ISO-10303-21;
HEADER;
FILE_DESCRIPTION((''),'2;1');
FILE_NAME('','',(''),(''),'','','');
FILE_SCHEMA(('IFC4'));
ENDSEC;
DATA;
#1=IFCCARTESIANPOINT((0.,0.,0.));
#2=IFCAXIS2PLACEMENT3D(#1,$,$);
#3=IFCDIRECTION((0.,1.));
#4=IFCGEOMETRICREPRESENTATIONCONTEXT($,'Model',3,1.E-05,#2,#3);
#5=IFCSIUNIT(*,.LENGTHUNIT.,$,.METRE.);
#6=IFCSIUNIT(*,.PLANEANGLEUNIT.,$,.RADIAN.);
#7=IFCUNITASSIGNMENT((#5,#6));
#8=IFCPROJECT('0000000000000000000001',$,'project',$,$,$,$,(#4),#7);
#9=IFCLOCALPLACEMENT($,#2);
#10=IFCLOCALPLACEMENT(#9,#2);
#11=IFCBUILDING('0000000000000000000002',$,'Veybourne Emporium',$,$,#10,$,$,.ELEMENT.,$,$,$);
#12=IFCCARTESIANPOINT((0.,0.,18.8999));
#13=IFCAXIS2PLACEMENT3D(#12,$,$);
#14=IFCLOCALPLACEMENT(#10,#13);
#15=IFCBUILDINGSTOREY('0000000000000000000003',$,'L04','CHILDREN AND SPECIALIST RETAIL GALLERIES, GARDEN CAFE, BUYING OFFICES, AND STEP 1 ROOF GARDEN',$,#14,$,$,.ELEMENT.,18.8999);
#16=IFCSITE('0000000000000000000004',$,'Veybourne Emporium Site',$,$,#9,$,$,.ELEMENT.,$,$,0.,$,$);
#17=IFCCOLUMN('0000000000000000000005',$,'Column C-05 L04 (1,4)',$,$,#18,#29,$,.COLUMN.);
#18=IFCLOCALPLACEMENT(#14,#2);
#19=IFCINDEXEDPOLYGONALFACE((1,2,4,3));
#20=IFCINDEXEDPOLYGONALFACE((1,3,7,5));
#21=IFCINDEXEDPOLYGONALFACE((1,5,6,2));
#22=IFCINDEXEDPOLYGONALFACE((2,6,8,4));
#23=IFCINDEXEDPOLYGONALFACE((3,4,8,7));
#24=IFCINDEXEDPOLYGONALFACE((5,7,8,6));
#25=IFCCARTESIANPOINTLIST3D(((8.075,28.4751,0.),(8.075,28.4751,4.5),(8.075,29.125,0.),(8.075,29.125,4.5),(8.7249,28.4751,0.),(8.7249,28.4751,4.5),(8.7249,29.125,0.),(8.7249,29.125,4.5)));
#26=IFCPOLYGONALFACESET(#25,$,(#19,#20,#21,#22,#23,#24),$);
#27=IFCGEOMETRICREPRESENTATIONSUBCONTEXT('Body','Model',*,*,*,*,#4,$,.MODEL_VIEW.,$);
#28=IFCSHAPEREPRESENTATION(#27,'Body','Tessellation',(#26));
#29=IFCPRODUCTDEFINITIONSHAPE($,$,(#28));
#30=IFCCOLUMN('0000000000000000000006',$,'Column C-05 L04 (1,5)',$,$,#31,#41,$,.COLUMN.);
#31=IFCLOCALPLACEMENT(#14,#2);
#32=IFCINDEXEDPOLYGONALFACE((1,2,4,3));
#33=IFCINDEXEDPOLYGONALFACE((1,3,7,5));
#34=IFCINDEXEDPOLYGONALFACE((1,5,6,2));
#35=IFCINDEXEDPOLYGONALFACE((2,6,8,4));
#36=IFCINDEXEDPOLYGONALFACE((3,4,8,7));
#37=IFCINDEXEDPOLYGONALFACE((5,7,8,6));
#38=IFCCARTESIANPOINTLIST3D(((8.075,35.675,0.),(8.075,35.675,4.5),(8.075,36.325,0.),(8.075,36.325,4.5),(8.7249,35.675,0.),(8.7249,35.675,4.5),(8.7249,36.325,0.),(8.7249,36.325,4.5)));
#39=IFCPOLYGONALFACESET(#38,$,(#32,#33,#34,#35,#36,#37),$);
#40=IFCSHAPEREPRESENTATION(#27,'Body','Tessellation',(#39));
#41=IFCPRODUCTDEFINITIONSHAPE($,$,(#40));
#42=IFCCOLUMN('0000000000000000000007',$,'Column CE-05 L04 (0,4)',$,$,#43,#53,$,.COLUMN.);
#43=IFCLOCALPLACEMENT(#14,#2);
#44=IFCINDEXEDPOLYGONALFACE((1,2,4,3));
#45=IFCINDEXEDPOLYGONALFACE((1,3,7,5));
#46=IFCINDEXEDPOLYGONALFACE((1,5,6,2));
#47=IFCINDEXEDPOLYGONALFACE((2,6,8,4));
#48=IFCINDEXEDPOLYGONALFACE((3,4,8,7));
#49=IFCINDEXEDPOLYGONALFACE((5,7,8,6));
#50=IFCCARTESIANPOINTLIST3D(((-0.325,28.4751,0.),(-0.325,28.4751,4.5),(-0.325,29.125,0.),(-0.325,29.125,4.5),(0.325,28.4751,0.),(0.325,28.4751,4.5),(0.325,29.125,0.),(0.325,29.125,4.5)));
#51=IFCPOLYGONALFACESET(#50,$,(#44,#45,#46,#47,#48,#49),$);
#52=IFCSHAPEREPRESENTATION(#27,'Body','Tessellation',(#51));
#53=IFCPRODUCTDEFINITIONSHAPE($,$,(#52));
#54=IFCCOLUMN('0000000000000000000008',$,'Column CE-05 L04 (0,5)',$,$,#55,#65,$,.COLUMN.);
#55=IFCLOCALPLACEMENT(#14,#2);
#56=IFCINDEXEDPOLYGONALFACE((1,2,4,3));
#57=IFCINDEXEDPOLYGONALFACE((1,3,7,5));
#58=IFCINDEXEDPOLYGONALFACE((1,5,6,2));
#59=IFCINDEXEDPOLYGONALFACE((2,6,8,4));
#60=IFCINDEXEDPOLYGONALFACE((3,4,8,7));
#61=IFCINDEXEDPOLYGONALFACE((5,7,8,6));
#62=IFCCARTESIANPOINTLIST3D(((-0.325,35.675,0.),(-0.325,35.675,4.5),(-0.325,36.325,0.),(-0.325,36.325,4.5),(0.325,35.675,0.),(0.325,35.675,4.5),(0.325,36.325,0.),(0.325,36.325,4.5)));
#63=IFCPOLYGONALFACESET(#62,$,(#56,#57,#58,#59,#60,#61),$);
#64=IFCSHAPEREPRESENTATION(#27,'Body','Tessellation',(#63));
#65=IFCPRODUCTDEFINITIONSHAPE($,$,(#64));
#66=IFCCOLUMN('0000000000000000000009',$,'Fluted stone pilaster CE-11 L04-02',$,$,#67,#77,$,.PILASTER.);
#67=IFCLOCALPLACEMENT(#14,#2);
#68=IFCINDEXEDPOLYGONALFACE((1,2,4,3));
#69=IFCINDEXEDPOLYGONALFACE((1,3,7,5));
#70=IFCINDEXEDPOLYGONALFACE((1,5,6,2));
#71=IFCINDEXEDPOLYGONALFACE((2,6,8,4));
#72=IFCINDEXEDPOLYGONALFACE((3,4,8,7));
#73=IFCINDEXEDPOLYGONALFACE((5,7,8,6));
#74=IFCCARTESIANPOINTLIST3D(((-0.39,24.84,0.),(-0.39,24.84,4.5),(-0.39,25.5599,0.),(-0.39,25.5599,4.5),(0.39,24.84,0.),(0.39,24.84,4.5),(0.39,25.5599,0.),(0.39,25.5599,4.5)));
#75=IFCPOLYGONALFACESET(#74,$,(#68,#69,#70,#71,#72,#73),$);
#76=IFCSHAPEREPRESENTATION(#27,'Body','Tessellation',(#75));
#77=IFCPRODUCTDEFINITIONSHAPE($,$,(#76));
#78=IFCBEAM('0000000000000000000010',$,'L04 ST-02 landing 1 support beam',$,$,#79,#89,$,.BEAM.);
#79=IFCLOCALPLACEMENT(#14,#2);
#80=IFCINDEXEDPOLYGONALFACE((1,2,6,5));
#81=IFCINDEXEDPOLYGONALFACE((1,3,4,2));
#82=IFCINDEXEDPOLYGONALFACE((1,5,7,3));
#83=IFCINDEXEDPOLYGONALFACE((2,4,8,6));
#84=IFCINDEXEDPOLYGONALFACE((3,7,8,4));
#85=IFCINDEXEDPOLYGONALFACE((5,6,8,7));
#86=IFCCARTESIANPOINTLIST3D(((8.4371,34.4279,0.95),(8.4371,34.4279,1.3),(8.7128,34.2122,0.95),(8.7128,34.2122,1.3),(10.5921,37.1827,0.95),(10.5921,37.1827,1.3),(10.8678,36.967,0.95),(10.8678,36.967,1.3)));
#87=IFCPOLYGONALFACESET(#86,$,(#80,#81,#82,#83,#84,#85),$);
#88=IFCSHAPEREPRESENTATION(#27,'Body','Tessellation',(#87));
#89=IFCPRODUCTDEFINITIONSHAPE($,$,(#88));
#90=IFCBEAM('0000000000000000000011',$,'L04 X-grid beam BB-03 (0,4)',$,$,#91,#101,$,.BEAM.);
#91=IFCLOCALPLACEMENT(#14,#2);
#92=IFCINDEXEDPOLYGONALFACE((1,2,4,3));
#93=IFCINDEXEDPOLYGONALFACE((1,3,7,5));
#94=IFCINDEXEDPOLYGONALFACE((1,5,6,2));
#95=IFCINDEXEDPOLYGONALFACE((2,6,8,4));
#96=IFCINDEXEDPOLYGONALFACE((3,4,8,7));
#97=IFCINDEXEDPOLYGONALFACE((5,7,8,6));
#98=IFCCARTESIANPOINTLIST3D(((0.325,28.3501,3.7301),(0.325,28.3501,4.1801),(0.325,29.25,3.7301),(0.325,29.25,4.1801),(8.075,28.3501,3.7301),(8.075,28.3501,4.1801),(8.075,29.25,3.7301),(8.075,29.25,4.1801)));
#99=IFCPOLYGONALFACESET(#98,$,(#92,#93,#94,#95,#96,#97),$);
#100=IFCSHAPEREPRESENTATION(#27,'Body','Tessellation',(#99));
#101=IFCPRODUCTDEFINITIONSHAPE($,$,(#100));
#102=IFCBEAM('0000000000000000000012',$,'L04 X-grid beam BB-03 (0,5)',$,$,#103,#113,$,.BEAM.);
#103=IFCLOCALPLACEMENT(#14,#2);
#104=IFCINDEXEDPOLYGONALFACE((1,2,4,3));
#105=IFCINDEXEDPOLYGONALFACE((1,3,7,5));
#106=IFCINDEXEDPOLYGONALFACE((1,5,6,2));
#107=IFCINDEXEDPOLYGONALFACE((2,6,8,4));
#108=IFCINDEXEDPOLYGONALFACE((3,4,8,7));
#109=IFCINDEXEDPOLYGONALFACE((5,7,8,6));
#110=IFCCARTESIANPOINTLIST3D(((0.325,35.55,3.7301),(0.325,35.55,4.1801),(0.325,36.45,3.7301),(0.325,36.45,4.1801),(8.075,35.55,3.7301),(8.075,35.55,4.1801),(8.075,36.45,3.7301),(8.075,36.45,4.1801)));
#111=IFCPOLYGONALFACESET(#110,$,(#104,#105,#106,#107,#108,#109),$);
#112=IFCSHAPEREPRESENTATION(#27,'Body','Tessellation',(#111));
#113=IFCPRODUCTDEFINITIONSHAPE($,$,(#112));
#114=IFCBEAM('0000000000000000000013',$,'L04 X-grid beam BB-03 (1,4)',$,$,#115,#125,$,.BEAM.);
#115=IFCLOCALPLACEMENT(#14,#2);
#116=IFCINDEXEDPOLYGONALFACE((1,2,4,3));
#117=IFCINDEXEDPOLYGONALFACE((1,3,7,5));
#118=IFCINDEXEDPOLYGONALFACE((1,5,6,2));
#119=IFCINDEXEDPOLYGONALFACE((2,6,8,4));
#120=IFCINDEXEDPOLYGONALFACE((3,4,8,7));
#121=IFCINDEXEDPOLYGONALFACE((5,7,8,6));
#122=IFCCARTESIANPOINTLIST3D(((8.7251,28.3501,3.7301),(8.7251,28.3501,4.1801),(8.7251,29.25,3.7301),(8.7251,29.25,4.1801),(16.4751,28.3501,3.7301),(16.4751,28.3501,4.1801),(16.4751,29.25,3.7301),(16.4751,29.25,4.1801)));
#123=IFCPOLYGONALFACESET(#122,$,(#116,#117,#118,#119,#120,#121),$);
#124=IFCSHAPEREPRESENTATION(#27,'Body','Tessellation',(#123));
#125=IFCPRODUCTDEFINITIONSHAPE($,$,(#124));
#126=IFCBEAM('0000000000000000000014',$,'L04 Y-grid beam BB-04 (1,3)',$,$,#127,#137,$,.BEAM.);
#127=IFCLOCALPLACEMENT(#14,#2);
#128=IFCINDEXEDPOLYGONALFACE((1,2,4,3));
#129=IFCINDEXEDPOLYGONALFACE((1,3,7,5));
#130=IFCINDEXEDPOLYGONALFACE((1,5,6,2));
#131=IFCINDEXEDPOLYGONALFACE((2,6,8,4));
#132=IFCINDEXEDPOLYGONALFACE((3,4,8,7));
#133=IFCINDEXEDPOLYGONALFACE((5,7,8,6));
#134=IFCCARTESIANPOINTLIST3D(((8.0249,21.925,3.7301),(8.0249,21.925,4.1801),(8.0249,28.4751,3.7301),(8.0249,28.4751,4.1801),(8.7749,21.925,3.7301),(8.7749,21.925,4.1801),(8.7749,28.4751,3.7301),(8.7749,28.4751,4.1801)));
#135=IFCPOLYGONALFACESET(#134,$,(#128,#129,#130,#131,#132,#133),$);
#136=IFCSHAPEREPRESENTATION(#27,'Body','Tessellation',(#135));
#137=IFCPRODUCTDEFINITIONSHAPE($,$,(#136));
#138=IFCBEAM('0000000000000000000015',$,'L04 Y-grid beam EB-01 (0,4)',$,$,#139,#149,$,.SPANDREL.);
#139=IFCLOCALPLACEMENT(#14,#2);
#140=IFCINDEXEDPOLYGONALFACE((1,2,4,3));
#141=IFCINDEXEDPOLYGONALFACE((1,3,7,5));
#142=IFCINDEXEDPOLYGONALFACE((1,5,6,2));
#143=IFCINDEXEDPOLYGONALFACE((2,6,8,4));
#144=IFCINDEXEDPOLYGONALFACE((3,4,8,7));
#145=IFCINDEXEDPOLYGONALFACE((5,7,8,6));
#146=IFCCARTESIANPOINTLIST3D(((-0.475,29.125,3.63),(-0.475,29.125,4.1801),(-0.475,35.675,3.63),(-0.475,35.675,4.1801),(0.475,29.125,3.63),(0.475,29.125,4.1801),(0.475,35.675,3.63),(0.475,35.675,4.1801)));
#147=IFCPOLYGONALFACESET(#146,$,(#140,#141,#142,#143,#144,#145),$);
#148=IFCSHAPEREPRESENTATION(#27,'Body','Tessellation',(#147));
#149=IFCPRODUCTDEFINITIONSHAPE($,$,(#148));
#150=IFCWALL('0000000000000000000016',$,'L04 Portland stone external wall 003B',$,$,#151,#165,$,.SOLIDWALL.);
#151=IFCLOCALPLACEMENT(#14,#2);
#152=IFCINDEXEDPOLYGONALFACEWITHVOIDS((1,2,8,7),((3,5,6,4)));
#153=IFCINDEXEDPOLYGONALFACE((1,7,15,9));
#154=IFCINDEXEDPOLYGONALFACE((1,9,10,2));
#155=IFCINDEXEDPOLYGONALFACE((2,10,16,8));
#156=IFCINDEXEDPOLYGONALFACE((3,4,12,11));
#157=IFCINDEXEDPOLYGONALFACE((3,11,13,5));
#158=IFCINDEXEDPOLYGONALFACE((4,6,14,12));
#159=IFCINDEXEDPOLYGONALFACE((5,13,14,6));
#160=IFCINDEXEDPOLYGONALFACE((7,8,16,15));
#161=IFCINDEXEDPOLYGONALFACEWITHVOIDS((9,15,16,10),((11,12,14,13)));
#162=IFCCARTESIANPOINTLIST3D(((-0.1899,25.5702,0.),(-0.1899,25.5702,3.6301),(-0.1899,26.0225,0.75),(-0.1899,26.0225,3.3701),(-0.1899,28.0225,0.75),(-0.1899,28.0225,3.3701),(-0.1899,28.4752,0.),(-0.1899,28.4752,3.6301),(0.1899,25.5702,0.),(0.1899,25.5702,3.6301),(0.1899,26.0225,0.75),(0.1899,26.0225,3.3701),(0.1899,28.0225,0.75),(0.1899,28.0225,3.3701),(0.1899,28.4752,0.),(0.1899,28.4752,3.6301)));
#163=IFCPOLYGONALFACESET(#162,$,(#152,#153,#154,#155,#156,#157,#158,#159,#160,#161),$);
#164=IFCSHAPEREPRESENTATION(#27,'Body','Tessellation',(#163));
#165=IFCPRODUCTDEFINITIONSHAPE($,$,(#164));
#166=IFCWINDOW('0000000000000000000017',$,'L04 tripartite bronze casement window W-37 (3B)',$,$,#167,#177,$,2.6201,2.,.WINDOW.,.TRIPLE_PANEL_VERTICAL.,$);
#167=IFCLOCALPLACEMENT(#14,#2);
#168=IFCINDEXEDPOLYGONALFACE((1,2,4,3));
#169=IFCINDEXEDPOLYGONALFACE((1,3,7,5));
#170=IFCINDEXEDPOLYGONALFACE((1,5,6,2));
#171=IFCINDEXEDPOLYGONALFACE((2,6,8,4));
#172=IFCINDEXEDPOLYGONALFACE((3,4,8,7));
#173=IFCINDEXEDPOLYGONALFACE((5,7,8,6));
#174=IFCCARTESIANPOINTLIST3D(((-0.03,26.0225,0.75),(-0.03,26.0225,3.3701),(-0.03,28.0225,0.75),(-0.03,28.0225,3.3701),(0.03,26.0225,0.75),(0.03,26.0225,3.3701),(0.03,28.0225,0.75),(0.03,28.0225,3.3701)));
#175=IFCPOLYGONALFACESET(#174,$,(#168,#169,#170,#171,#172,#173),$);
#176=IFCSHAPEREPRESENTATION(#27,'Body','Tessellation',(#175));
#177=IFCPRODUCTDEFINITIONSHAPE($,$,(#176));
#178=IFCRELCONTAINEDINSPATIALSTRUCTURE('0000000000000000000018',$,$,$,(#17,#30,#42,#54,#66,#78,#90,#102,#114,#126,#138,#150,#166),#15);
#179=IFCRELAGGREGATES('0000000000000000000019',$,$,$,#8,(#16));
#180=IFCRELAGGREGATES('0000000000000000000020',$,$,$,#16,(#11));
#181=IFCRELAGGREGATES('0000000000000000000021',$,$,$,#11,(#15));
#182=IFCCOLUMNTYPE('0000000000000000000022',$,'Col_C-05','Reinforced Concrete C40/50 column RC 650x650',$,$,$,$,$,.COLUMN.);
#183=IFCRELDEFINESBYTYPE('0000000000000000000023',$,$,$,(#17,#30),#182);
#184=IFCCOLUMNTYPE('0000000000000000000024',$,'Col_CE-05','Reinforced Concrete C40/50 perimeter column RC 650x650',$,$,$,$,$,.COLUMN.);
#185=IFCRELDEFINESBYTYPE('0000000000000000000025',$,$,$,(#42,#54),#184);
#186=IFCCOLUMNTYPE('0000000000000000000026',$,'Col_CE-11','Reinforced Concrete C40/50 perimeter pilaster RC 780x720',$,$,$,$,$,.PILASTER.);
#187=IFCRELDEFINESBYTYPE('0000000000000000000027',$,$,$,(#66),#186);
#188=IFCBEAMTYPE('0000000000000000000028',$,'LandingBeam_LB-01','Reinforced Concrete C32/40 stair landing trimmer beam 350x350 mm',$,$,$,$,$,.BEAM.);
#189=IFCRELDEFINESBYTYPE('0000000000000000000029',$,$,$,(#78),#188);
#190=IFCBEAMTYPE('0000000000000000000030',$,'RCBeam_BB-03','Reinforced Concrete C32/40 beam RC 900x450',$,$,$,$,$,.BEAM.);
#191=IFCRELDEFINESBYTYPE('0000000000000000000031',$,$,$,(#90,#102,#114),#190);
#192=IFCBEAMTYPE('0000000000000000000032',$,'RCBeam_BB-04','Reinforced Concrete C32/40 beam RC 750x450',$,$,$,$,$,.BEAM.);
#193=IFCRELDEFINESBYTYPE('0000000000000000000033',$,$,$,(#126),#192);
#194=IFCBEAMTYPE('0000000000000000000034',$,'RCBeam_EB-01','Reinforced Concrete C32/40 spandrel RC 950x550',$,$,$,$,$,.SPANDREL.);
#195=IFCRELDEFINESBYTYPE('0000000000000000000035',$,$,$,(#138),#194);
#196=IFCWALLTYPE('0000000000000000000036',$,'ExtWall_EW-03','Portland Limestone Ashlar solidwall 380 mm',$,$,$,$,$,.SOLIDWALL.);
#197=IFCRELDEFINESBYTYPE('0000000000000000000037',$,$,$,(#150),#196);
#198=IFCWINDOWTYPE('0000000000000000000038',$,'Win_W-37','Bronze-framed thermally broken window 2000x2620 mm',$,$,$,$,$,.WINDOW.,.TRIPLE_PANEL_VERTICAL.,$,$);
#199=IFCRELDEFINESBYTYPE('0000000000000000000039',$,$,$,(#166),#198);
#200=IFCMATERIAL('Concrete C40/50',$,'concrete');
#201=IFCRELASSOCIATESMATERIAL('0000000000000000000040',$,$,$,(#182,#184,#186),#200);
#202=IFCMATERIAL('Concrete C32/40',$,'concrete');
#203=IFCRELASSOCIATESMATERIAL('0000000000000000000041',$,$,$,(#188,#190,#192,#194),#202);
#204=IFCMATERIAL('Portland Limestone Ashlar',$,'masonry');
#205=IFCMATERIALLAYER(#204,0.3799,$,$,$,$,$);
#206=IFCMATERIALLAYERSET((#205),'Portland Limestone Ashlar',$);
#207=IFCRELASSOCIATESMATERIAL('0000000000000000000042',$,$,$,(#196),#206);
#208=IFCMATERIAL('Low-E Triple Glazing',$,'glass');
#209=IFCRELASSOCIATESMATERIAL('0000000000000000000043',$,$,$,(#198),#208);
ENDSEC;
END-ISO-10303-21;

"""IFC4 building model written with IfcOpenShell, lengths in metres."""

from ifc_helpers import new_model, si_unit, direction, frame, frame_2d, origin, origin_2d, place, context, subcontext, project, spatial, rectangle, extrude, material, layer, layer_set, material_profile, profile_set, type_object, element, fill, save


model = new_model("IFC4")

# Units and contexts
model_context = context("Model", 3, precision=1e-05, world=origin(), true_north=direction((0.0, 1.0)))
body_context = subcontext(model_context, "Body", "Model", "MODEL_VIEW")
ifc_project = project(units=[si_unit("LENGTHUNIT", "METRE"), si_unit("PLANEANGLEUNIT", "RADIAN")], contexts=[model_context])

# Site, building, storey
site_placement = place(None, origin())
site = spatial("IfcSite", under=ifc_project, at=site_placement, Name="Veybourne Emporium Site", CompositionType="ELEMENT", RefElevation=0.0)
building_placement = place(site_placement, origin())
building = spatial("IfcBuilding", under=site, at=building_placement, Name="Veybourne Emporium", CompositionType="ELEMENT")
storey_placement = place(building_placement, frame((0.0, 0.0, 18.8999)))
storey = spatial("IfcBuildingStorey", under=building, at=storey_placement, Name="L04", Description="CHILDREN AND SPECIALIST RETAIL GALLERIES, GARDEN CAFE, BUYING OFFICES, AND STEP 1 ROOF GARDEN", CompositionType="ELEMENT", Elevation=18.8999)

# Columns
ifc_material_1 = material(Name="Concrete C40/50", Category="concrete")
ifc_material_profile_1 = material_profile(ifc_material_1, rectangle(XDim=0.6499, YDim=0.6499, at=origin_2d()), Name="RC 650x650")
ifc_profile_set_1 = profile_set([ifc_material_profile_1], Name="Concrete C40/50")
column_type_1 = type_object("IfcColumnType", Name="Col_C-05", Description="Reinforced Concrete C40/50 column RC 650x650", PredefinedType="COLUMN", material=ifc_profile_set_1)
for number, where, z_axis, x_axis, name in (
    (1, (8.3999, 28.8, 0.0), (0.0, 0.0, 1.0), (1.0, 0.0, 0.0), "Column C-05 L04 (1,4)"),
    (2, (8.3999, 36.0, 0.0), (0.0, 0.0, 1.0), (1.0, 0.0, 0.0), "Column C-05 L04 (1,5)"),
):
    element("IfcColumn", number, at=place(storey_placement, frame(where, z_axis=z_axis, x_axis=x_axis)), inside=storey, type_object=column_type_1, Name=name, PredefinedType="COLUMN", context=body_context, shape_type="SweptSolid", body=[
        extrude(rectangle(XDim=0.6499, YDim=0.6499, at=origin_2d()), origin(), (0.0, 0.0, 1.0), 4.5),
    ])
ifc_material_profile_2 = material_profile(ifc_material_1, rectangle(XDim=0.6499, YDim=0.6499, at=origin_2d()), Name="RC 650x650")
ifc_profile_set_2 = profile_set([ifc_material_profile_2], Name="Concrete C40/50")
column_type_2 = type_object("IfcColumnType", Name="Col_CE-05", Description="Reinforced Concrete C40/50 perimeter column RC 650x650", PredefinedType="COLUMN", material=ifc_profile_set_2)
for number, where, z_axis, x_axis, name in (
    (3, (0.0, 28.8, 0.0), (0.0, 0.0, 1.0), (1.0, 0.0, 0.0), "Column CE-05 L04 (0,4)"),
    (4, (0.0, 36.0, 0.0), (0.0, 0.0, 1.0), (1.0, 0.0, 0.0), "Column CE-05 L04 (0,5)"),
):
    element("IfcColumn", number, at=place(storey_placement, frame(where, z_axis=z_axis, x_axis=x_axis)), inside=storey, type_object=column_type_2, Name=name, PredefinedType="COLUMN", context=body_context, shape_type="SweptSolid", body=[
        extrude(rectangle(XDim=0.6499, YDim=0.6499, at=origin_2d()), origin(), (0.0, 0.0, 1.0), 4.5),
    ])
ifc_material_profile_3 = material_profile(ifc_material_1, rectangle(XDim=0.78, YDim=0.72, at=origin_2d()), Name="RC 780x720")
ifc_profile_set_3 = profile_set([ifc_material_profile_3], Name="Concrete C40/50")
column_type_3 = type_object("IfcColumnType", Name="Col_CE-11", Description="Reinforced Concrete C40/50 perimeter pilaster RC 780x720", PredefinedType="PILASTER", material=ifc_profile_set_3)
column_placement = place(storey_placement, frame((0.0, 25.2, 0.0), z_axis=(0.0, 0.0, 1.0), x_axis=(1.0, 0.0, 0.0)))
element("IfcColumn", 5, at=column_placement, inside=storey, type_object=column_type_3, Name="Fluted stone pilaster CE-11 L04-02", PredefinedType="PILASTER", context=body_context, shape_type="SweptSolid", body=[
    extrude(rectangle(XDim=0.78, YDim=0.72, at=origin_2d()), origin(), (0.0, 0.0, 1.0), 4.5),
])

# Beams
ifc_material_2 = material(Name="Concrete C32/40", Category="concrete")
ifc_material_profile_4 = material_profile(ifc_material_2, rectangle(XDim=0.3501, YDim=0.3501, at=origin_2d()), Name="RC 350x350")
ifc_profile_set_4 = profile_set([ifc_material_profile_4], Name="Concrete C32/40")
beam_type_1 = type_object("IfcBeamType", Name="LandingBeam_LB-01", Description="Reinforced Concrete C32/40 stair landing trimmer beam 350x350 mm", PredefinedType="BEAM", material=ifc_profile_set_4)
beam_1_placement = place(storey_placement, frame((8.575, 34.3201, 1.125), z_axis=(0.616137, 0.787639, 0.0), x_axis=(-0.787639, 0.616137, 0.0)))
element("IfcBeam", 6, at=beam_1_placement, inside=storey, type_object=beam_type_1, Name="L04 ST-02 landing 1 support beam", PredefinedType="BEAM", context=body_context, shape_type="SweptSolid", body=[
    extrude(rectangle(XDim=0.3501, YDim=0.3501, at=origin_2d()), origin(), (0.0, 0.0, 1.0), 3.4976),
])
ifc_material_profile_5 = material_profile(ifc_material_2, rectangle(XDim=0.8999, YDim=0.45, at=origin_2d()), Name="RC 900x450")
ifc_profile_set_5 = profile_set([ifc_material_profile_5], Name="Concrete C32/40")
beam_type_2 = type_object("IfcBeamType", Name="RCBeam_BB-03", Description="Reinforced Concrete C32/40 beam RC 900x450", PredefinedType="BEAM", material=ifc_profile_set_5)
for number, where, z_axis, x_axis, name in (
    (7, (0.325, 28.8, 3.9551), (1.0, 0.0, 0.0), (0.0, 1.0, 0.0), "L04 X-grid beam BB-03 (0,4)"),
    (8, (0.325, 36.0, 3.9551), (1.0, 0.0, 0.0), (0.0, 1.0, 0.0), "L04 X-grid beam BB-03 (0,5)"),
    (9, (8.7251, 28.8, 3.9551), (1.0, 0.0, 0.0), (0.0, 1.0, 0.0), "L04 X-grid beam BB-03 (1,4)"),
):
    element("IfcBeam", number, at=place(storey_placement, frame(where, z_axis=z_axis, x_axis=x_axis)), inside=storey, type_object=beam_type_2, Name=name, PredefinedType="BEAM", context=body_context, shape_type="SweptSolid", body=[
        extrude(rectangle(XDim=0.8999, YDim=0.45, at=origin_2d()), origin(), (0.0, 0.0, 1.0), 7.75),
    ])
ifc_material_profile_6 = material_profile(ifc_material_2, rectangle(XDim=0.75, YDim=0.45, at=origin_2d()), Name="RC 750x450")
ifc_profile_set_6 = profile_set([ifc_material_profile_6], Name="Concrete C32/40")
beam_type_3 = type_object("IfcBeamType", Name="RCBeam_BB-04", Description="Reinforced Concrete C32/40 beam RC 750x450", PredefinedType="BEAM", material=ifc_profile_set_6)
beam_2_placement = place(storey_placement, frame((8.3999, 21.925, 3.9551), z_axis=(0.0, 1.0, 0.0), x_axis=(-1.0, 0.0, 0.0)))
element("IfcBeam", 10, at=beam_2_placement, inside=storey, type_object=beam_type_3, Name="L04 Y-grid beam BB-04 (1,3)", PredefinedType="BEAM", context=body_context, shape_type="SweptSolid", body=[
    extrude(rectangle(XDim=0.75, YDim=0.45, at=origin_2d()), origin(), (0.0, 0.0, 1.0), 6.55),
])
ifc_material_profile_7 = material_profile(ifc_material_2, rectangle(XDim=0.95, YDim=0.55, at=origin_2d()), Name="RC 950x550")
ifc_profile_set_7 = profile_set([ifc_material_profile_7], Name="Concrete C32/40")
beam_type_4 = type_object("IfcBeamType", Name="RCBeam_EB-01", Description="Reinforced Concrete C32/40 spandrel RC 950x550", PredefinedType="SPANDREL", material=ifc_profile_set_7)
beam_3_placement = place(storey_placement, frame((0.0, 29.125, 3.905), z_axis=(0.0, 1.0, 0.0), x_axis=(-1.0, 0.0, 0.0)))
element("IfcBeam", 11, at=beam_3_placement, inside=storey, type_object=beam_type_4, Name="L04 Y-grid beam EB-01 (0,4)", PredefinedType="SPANDREL", context=body_context, shape_type="SweptSolid", body=[
    extrude(rectangle(XDim=0.95, YDim=0.55, at=origin_2d()), origin(), (0.0, 0.0, 1.0), 6.55),
])

# Wall, opening, window
ifc_material_3 = material(Name="Portland Limestone Ashlar", Category="masonry")
ifc_layer_1 = layer(ifc_material_3, 0.3799)
ifc_layer_set_1 = layer_set([ifc_layer_1], Name="Portland Limestone Ashlar")
wall_type_1 = type_object("IfcWallType", Name="ExtWall_EW-03", Description="Portland Limestone Ashlar solidwall 380 mm", PredefinedType="SOLIDWALL", material=ifc_layer_set_1)
wall_1_placement = place(storey_placement, frame((0.0, 25.5701, 0.0), z_axis=(0.0, 0.0, 1.0), x_axis=(0.0, 1.0, 0.0)))
wall_1 = element("IfcWall", 12, at=wall_1_placement, inside=storey, type_object=wall_type_1, Name="L04 Portland stone external wall 003B", PredefinedType="SOLIDWALL", context=body_context, shape_type="SweptSolid", body=[
    extrude(rectangle(XDim=2.905, YDim=0.3799, at=frame_2d((1.4526, 0.0))), origin(), (0.0, 0.0, 1.0), 3.6301),
])
opening_1_placement = place(wall_1_placement, frame((0.4524, 0.0, 0.75)))
opening_1 = element("IfcOpeningElement", 13, at=opening_1_placement, cuts=wall_1, PredefinedType="OPENING", context=body_context, shape_type="SweptSolid", body=[
    extrude(rectangle(XDim=2.0, YDim=2.6201, at=frame_2d((1.0, 1.3101))), frame((0.0, 0.21, 0.0), z_axis=(0.0, -1.0, 0.0), x_axis=(1.0, 0.0, 0.0)), (0.0, 0.0, 1.0), 0.4199),
])
ifc_material_4 = material(Name="Low-E Triple Glazing", Category="glass")
window_type_1 = type_object("IfcWindowType", Name="Win_W-37", Description="Bronze-framed thermally broken window 2000x2620 mm", PartitioningType="TRIPLE_PANEL_VERTICAL", PredefinedType="WINDOW", material=ifc_material_4)
window_1_placement = place(opening_1_placement, origin())
window_1 = element("IfcWindow", 14, at=window_1_placement, inside=storey, type_object=window_type_1, Name="L04 tripartite bronze casement window W-37 (3B)", OverallHeight=2.6201, OverallWidth=2.0, PartitioningType="TRIPLE_PANEL_VERTICAL", PredefinedType="WINDOW", context=body_context, shape_type="SweptSolid", body=[
    extrude(rectangle(XDim=2.0, YDim=2.6201, at=frame_2d((1.0, 1.3101))), frame((0.0, 0.03, 0.0), z_axis=(0.0, -1.0, 0.0), x_axis=(1.0, 0.0, 0.0)), (0.0, 0.0, 1.0), 0.0601),
])
fill(opening_1, window_1)

save(model, "model.ifc")
